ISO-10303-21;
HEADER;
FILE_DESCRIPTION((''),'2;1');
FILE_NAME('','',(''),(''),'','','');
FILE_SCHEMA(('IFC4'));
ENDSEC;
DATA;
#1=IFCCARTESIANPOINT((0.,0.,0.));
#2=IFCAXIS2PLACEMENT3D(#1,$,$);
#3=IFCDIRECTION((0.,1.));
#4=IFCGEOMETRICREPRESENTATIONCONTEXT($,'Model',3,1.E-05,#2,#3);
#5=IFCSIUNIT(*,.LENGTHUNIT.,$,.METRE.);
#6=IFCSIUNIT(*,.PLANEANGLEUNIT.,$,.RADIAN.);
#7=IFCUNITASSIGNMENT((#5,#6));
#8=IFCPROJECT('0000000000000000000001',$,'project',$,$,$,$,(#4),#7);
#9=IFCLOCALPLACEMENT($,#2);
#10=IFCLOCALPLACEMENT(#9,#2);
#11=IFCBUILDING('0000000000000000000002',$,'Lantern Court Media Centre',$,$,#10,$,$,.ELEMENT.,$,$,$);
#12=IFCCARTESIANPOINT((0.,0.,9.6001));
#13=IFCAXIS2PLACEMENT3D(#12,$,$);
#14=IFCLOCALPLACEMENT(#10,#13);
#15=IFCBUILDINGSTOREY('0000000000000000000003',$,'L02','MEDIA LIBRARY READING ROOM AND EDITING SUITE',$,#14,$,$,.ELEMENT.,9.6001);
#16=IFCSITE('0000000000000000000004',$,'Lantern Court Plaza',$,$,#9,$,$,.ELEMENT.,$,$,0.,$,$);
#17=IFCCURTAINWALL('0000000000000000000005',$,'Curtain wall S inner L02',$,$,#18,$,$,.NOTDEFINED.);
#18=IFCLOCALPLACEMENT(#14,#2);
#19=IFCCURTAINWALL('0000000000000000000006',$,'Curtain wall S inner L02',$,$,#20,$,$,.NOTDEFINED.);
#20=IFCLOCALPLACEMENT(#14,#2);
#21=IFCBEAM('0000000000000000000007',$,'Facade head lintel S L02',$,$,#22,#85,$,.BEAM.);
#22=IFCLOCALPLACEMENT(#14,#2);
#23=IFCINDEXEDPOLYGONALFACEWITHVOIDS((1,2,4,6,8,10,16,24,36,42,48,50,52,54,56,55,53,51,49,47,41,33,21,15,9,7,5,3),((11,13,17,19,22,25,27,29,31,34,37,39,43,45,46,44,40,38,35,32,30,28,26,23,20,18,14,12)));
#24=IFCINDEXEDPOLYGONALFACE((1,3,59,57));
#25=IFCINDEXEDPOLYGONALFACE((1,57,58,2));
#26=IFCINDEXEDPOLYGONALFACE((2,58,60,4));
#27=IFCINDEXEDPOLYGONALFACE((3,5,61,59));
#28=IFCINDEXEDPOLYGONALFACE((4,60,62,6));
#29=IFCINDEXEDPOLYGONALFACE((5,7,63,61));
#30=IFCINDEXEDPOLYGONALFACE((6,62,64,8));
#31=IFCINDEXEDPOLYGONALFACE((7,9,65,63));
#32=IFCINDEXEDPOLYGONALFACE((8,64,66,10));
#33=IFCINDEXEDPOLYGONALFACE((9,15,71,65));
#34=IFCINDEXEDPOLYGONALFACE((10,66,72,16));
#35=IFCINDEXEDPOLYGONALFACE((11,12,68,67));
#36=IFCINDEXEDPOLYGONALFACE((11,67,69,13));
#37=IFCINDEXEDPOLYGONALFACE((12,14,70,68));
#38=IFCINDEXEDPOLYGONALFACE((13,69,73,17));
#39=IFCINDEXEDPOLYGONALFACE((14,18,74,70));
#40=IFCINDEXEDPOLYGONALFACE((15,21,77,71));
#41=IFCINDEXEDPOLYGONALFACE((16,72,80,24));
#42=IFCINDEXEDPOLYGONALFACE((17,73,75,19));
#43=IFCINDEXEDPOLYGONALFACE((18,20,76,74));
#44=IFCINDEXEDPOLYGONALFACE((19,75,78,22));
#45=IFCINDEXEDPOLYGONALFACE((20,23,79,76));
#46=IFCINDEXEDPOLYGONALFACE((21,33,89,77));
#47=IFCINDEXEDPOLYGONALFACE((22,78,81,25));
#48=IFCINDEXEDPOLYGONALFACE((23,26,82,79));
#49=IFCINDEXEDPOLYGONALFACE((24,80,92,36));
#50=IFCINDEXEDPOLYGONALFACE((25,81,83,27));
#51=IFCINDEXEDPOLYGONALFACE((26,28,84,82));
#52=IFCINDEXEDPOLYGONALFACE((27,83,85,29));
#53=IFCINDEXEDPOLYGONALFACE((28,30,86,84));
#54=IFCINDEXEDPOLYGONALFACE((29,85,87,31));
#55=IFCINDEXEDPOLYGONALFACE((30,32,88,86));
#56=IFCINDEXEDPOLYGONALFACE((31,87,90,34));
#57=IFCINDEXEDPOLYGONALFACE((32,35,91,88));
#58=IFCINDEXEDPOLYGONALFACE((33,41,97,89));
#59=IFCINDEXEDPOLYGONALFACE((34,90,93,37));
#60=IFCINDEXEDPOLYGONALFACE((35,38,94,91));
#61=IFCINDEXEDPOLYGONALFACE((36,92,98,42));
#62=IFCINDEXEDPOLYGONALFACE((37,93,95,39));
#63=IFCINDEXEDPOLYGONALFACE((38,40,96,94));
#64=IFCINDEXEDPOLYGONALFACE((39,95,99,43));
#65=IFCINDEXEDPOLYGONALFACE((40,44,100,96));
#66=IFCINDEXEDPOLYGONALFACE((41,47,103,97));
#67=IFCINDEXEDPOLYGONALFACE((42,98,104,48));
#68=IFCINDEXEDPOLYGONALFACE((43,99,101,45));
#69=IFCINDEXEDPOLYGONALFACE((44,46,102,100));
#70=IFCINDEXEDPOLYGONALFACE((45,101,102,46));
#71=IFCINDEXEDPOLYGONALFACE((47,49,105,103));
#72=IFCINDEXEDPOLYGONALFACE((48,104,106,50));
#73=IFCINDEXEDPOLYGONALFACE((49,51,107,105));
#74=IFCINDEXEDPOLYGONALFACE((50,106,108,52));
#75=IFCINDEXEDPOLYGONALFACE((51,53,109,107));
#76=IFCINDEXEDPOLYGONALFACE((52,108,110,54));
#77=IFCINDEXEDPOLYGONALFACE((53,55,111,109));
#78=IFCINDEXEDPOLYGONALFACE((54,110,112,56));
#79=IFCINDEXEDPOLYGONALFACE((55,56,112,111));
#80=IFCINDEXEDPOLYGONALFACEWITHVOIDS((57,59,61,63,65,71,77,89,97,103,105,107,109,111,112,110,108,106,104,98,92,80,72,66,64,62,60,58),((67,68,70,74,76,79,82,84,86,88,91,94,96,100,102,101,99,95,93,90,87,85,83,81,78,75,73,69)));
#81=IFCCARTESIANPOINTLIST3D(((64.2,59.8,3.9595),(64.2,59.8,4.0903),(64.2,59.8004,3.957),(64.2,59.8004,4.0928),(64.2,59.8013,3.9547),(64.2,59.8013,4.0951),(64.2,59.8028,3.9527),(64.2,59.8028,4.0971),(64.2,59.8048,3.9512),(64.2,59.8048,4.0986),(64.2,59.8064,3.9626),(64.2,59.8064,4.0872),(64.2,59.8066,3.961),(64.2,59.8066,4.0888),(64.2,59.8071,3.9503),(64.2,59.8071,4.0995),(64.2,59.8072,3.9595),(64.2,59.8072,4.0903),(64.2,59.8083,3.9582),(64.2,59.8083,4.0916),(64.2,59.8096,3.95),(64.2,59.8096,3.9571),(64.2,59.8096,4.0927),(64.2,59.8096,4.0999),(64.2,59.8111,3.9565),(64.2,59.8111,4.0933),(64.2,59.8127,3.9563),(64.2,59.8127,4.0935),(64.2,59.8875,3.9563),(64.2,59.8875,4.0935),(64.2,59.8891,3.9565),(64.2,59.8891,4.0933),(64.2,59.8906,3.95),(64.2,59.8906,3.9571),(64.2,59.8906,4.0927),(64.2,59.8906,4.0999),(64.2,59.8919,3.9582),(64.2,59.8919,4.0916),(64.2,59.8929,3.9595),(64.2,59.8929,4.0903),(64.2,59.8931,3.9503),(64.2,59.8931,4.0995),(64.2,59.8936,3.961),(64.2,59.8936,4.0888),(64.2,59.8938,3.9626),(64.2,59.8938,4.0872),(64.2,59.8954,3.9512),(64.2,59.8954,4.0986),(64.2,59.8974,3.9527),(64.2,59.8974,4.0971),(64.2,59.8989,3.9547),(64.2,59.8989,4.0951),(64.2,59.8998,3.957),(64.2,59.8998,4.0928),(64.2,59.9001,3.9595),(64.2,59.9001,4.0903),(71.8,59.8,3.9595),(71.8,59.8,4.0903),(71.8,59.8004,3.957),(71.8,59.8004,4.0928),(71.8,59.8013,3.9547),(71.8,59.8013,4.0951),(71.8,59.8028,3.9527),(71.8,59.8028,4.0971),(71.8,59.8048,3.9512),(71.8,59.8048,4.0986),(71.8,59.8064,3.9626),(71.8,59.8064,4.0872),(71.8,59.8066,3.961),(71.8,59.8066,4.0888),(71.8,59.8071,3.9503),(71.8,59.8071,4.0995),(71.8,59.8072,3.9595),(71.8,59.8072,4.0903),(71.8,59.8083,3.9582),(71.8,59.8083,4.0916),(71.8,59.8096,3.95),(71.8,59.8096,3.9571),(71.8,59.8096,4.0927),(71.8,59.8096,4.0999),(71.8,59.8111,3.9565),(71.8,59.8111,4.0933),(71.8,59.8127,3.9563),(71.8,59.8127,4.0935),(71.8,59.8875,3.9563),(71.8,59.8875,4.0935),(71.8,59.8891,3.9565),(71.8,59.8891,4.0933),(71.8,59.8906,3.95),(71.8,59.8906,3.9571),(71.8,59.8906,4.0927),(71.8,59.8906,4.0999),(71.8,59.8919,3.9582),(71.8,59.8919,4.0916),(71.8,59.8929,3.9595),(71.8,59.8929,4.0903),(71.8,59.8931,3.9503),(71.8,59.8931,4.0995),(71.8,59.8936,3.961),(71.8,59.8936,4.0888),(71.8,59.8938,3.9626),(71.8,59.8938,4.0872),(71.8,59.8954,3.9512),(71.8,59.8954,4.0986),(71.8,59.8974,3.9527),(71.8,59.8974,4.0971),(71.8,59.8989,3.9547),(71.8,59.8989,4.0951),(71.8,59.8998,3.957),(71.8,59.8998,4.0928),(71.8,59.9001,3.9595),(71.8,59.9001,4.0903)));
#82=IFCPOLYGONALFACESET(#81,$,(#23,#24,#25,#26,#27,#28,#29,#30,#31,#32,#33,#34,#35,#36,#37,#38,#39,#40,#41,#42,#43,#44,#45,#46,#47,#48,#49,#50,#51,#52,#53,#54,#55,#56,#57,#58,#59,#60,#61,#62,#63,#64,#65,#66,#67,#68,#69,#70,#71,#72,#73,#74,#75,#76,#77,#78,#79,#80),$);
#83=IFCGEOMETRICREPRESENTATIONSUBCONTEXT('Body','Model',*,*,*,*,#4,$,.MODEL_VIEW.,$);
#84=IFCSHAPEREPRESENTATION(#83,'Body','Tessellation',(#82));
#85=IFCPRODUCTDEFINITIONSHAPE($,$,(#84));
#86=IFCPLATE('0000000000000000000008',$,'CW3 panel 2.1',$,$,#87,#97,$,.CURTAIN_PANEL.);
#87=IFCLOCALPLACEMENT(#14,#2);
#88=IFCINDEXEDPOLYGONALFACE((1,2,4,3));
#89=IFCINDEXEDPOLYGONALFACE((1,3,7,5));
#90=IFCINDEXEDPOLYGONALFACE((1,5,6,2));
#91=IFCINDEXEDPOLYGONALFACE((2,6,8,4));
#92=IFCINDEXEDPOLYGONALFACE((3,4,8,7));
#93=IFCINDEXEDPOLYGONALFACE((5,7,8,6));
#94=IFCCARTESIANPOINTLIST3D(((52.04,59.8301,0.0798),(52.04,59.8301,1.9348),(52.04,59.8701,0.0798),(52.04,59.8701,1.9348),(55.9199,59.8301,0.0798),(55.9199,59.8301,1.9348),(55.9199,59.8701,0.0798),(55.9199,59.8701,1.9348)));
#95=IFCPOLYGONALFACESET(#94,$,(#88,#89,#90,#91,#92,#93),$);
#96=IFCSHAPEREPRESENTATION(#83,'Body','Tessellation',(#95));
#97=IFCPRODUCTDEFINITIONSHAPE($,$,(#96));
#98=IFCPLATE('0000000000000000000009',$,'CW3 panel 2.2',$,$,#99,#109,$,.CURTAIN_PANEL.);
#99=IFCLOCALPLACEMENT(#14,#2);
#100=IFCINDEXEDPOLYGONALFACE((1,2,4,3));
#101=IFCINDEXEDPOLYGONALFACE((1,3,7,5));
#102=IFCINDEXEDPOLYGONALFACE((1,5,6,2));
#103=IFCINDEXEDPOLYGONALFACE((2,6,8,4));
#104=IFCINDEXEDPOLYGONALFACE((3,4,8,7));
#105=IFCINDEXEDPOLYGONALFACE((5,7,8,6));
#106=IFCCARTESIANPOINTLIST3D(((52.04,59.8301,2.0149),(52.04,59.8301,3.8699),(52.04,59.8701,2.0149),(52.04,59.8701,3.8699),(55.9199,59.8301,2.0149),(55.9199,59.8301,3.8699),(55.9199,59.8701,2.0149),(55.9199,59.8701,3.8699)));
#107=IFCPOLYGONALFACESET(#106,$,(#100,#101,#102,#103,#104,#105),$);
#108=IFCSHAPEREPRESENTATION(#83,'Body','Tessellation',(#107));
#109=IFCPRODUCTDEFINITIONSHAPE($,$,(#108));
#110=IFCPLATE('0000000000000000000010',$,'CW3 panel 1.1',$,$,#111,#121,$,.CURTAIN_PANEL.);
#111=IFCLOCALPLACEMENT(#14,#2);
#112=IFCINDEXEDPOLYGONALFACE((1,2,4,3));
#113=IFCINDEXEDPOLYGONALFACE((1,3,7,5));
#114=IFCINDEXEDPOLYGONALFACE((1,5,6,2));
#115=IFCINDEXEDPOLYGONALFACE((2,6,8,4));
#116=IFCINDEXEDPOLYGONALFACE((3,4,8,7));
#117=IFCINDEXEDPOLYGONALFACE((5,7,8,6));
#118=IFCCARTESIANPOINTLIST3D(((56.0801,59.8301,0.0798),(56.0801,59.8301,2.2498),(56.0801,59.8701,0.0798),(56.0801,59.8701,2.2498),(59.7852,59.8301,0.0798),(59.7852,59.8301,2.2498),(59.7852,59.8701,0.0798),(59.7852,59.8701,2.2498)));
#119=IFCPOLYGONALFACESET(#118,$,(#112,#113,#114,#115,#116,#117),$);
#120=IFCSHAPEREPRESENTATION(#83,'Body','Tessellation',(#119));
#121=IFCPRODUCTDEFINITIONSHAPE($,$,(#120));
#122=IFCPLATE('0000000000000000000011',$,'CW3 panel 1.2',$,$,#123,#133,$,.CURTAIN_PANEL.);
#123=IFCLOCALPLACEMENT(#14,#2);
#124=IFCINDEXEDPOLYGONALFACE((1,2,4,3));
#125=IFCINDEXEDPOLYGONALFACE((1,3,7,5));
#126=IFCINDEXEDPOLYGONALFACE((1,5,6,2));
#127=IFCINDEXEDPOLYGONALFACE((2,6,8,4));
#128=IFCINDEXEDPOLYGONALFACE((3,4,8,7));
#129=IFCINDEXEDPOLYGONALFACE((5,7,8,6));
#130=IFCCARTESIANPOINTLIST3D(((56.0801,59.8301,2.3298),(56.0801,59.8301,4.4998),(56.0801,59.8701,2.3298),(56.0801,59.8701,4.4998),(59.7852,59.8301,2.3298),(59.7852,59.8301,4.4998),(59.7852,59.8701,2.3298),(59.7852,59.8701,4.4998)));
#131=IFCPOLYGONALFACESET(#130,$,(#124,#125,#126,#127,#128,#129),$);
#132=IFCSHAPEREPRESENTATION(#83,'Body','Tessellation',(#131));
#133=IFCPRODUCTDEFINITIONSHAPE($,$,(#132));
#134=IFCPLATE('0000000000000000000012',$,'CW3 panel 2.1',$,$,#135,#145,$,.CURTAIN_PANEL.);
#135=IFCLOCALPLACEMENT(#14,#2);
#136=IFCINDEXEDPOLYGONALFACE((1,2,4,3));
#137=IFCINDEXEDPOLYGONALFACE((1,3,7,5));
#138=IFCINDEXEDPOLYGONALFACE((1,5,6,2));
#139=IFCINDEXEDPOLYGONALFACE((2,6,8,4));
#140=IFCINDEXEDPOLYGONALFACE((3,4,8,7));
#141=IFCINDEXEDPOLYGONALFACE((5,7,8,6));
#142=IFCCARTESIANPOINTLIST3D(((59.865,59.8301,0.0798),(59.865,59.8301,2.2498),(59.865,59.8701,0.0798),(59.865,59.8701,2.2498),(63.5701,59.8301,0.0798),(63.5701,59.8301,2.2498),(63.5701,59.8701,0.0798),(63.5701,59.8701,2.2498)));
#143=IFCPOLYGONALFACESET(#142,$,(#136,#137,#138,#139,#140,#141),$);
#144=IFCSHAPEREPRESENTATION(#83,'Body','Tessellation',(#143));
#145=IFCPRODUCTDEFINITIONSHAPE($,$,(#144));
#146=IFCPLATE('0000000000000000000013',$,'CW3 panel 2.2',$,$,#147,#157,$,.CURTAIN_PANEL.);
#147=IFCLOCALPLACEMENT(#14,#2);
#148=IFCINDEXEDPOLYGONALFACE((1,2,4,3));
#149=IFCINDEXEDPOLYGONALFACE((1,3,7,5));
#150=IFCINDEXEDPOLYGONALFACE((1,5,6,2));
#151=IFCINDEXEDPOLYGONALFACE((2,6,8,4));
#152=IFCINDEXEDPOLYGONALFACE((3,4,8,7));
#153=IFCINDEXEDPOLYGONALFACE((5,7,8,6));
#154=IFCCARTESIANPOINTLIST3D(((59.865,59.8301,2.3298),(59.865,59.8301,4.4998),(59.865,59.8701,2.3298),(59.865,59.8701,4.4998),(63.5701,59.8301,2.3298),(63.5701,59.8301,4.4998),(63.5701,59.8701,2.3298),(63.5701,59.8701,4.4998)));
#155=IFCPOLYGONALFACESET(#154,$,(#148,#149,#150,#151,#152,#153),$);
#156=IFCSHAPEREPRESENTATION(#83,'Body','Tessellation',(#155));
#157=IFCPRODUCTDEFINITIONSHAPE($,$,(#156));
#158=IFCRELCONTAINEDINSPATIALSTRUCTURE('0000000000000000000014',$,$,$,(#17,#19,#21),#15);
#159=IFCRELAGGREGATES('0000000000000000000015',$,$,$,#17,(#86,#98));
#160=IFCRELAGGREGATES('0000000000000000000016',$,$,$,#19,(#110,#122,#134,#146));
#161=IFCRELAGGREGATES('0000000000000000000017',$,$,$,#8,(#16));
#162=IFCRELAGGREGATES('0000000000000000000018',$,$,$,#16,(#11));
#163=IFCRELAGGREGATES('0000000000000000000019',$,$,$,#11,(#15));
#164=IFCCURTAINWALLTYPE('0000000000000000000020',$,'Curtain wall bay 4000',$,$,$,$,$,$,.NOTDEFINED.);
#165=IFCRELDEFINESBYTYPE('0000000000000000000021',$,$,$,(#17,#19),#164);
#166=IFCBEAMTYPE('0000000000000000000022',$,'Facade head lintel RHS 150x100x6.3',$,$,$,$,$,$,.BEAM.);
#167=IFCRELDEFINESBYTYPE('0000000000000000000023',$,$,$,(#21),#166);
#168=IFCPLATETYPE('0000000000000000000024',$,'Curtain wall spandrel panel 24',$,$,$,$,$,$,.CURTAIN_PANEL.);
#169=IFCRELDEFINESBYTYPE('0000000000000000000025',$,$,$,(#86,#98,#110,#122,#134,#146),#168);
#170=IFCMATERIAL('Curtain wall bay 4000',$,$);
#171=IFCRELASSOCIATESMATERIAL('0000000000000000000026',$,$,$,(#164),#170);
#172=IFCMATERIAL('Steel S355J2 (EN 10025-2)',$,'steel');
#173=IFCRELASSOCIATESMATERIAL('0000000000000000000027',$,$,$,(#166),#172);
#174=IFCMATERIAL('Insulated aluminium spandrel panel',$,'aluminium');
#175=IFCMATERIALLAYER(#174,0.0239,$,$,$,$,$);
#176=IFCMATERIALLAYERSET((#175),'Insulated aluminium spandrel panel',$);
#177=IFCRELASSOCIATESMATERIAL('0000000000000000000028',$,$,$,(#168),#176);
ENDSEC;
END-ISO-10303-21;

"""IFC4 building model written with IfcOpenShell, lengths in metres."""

from ifc_helpers import new_model, si_unit, direction, frame, origin, origin_2d, place, context, subcontext, project, spatial, rectangle, hollow_rectangle, extrude, material, layer, layer_set, material_profile, profile_set, type_object, element, aggregate, save


model = new_model("IFC4")

# Units and contexts
model_context = context("Model", 3, precision=1e-05, world=origin(), true_north=direction((0.0, 1.0)))
body_context = subcontext(model_context, "Body", "Model", "MODEL_VIEW")
ifc_project = project(units=[si_unit("LENGTHUNIT", "METRE"), si_unit("PLANEANGLEUNIT", "RADIAN")], contexts=[model_context])

# Site, building, storey
site_placement = place(None, origin())
site = spatial("IfcSite", under=ifc_project, at=site_placement, Name="Lantern Court Plaza", CompositionType="ELEMENT", RefElevation=0.0)
building_placement = place(site_placement, origin())
building = spatial("IfcBuilding", under=site, at=building_placement, Name="Lantern Court Media Centre", CompositionType="ELEMENT")
storey_placement = place(building_placement, frame((0.0, 0.0, 9.6001)))
storey = spatial("IfcBuildingStorey", under=building, at=storey_placement, Name="L02", Description="MEDIA LIBRARY READING ROOM AND EDITING SUITE", CompositionType="ELEMENT", Elevation=9.6001)

# Curtain wall
ifc_material_1 = material(Name="Curtain wall bay 4000")
curtain_wall_type_1 = type_object("IfcCurtainWallType", Name="Curtain wall bay 4000", PredefinedType="NOTDEFINED", material=ifc_material_1)
curtain_wall_1_placement = place(storey_placement, origin())
curtain_wall_1 = element("IfcCurtainWall", 1, at=curtain_wall_1_placement, inside=storey, type_object=curtain_wall_type_1, Name="Curtain wall S inner L02", PredefinedType="NOTDEFINED")

# Curtain wall
curtain_wall_2_placement = place(storey_placement, origin())
curtain_wall_2 = element("IfcCurtainWall", 2, at=curtain_wall_2_placement, inside=storey, type_object=curtain_wall_type_1, Name="Curtain wall S inner L02", PredefinedType="NOTDEFINED")

# Beam
ifc_material_2 = material(Name="Steel S355J2 (EN 10025-2)", Category="steel")
ifc_material_profile_1 = material_profile(ifc_material_2, hollow_rectangle(XDim=0.1001, YDim=0.1499, WallThickness=0.0063, InnerFilletRadius=0.0063, OuterFilletRadius=0.0095, at=origin_2d()), Name="Facade head lintel RHS 150x100x6.3")
ifc_profile_set_1 = profile_set([ifc_material_profile_1], Name="Steel S355J2 (EN 10025-2)")
beam_type = type_object("IfcBeamType", Name="Facade head lintel RHS 150x100x6.3", PredefinedType="BEAM", material=ifc_profile_set_1)
beam_placement = place(storey_placement, frame((64.2, 59.8501, 4.0249), z_axis=(1.0, 0.0, 0.0), x_axis=(0.0, 1.0, 0.0)))
element("IfcBeam", 3, at=beam_placement, inside=storey, type_object=beam_type, Name="Facade head lintel S L02", PredefinedType="BEAM", context=body_context, shape_type="SweptSolid", body=[
    extrude(hollow_rectangle(XDim=0.1001, YDim=0.1499, WallThickness=0.0063, InnerFilletRadius=0.0063, OuterFilletRadius=0.0095, at=origin_2d()), origin(), (0.0, 0.0, 1.0), 7.6001),
])

# Plates
ifc_material_3 = material(Name="Insulated aluminium spandrel panel", Category="aluminium")
ifc_layer = layer(ifc_material_3, 0.0239)
ifc_layer_set = layer_set([ifc_layer], Name="Insulated aluminium spandrel panel")
plate_type = type_object("IfcPlateType", Name="Curtain wall spandrel panel 24", PredefinedType="CURTAIN_PANEL", material=ifc_layer_set)
plate_1_placement = place(storey_placement, frame((53.98, 59.8501, 0.0798), z_axis=(0.0, 0.0, 1.0), x_axis=(1.0, 0.0, 0.0)))
plate_1 = element("IfcPlate", 4, at=plate_1_placement, type_object=plate_type, Name="CW3 panel 2.1", PredefinedType="CURTAIN_PANEL", context=body_context, shape_type="SweptSolid", body=[
    extrude(rectangle(XDim=3.8799, YDim=0.04, at=origin_2d()), origin(), (0.0, 0.0, 1.0), 1.855),
])
plate_2_placement = place(storey_placement, frame((53.98, 59.8501, 2.0149), z_axis=(0.0, 0.0, 1.0), x_axis=(1.0, 0.0, 0.0)))
plate_2 = element("IfcPlate", 5, at=plate_2_placement, type_object=plate_type, Name="CW3 panel 2.2", PredefinedType="CURTAIN_PANEL", context=body_context, shape_type="SweptSolid", body=[
    extrude(rectangle(XDim=3.8799, YDim=0.04, at=origin_2d()), origin(), (0.0, 0.0, 1.0), 1.855),
])
aggregate(curtain_wall_1, [plate_1, plate_2])
plate_3_placement = place(storey_placement, frame((57.9326, 59.8501, 0.0798), z_axis=(0.0, 0.0, 1.0), x_axis=(1.0, 0.0, 0.0)))
plate_3 = element("IfcPlate", 6, at=plate_3_placement, type_object=plate_type, Name="CW3 panel 1.1", PredefinedType="CURTAIN_PANEL", context=body_context, shape_type="SweptSolid", body=[
    extrude(rectangle(XDim=3.7051, YDim=0.04, at=origin_2d()), origin(), (0.0, 0.0, 1.0), 2.1699),
])
plate_4_placement = place(storey_placement, frame((57.9326, 59.8501, 2.3298), z_axis=(0.0, 0.0, 1.0), x_axis=(1.0, 0.0, 0.0)))
plate_4 = element("IfcPlate", 7, at=plate_4_placement, type_object=plate_type, Name="CW3 panel 1.2", PredefinedType="CURTAIN_PANEL", context=body_context, shape_type="SweptSolid", body=[
    extrude(rectangle(XDim=3.7051, YDim=0.04, at=origin_2d()), origin(), (0.0, 0.0, 1.0), 2.1699),
])
plate_5_placement = place(storey_placement, frame((61.7175, 59.8501, 0.0798), z_axis=(0.0, 0.0, 1.0), x_axis=(1.0, 0.0, 0.0)))
plate_5 = element("IfcPlate", 8, at=plate_5_placement, type_object=plate_type, Name="CW3 panel 2.1", PredefinedType="CURTAIN_PANEL", context=body_context, shape_type="SweptSolid", body=[
    extrude(rectangle(XDim=3.7051, YDim=0.04, at=origin_2d()), origin(), (0.0, 0.0, 1.0), 2.1699),
])
plate_6_placement = place(storey_placement, frame((61.7175, 59.8501, 2.3298), z_axis=(0.0, 0.0, 1.0), x_axis=(1.0, 0.0, 0.0)))
plate_6 = element("IfcPlate", 9, at=plate_6_placement, type_object=plate_type, Name="CW3 panel 2.2", PredefinedType="CURTAIN_PANEL", context=body_context, shape_type="SweptSolid", body=[
    extrude(rectangle(XDim=3.7051, YDim=0.04, at=origin_2d()), origin(), (0.0, 0.0, 1.0), 2.1699),
])
aggregate(curtain_wall_2, [plate_3, plate_4, plate_5, plate_6])

save(model, "model.ifc")
